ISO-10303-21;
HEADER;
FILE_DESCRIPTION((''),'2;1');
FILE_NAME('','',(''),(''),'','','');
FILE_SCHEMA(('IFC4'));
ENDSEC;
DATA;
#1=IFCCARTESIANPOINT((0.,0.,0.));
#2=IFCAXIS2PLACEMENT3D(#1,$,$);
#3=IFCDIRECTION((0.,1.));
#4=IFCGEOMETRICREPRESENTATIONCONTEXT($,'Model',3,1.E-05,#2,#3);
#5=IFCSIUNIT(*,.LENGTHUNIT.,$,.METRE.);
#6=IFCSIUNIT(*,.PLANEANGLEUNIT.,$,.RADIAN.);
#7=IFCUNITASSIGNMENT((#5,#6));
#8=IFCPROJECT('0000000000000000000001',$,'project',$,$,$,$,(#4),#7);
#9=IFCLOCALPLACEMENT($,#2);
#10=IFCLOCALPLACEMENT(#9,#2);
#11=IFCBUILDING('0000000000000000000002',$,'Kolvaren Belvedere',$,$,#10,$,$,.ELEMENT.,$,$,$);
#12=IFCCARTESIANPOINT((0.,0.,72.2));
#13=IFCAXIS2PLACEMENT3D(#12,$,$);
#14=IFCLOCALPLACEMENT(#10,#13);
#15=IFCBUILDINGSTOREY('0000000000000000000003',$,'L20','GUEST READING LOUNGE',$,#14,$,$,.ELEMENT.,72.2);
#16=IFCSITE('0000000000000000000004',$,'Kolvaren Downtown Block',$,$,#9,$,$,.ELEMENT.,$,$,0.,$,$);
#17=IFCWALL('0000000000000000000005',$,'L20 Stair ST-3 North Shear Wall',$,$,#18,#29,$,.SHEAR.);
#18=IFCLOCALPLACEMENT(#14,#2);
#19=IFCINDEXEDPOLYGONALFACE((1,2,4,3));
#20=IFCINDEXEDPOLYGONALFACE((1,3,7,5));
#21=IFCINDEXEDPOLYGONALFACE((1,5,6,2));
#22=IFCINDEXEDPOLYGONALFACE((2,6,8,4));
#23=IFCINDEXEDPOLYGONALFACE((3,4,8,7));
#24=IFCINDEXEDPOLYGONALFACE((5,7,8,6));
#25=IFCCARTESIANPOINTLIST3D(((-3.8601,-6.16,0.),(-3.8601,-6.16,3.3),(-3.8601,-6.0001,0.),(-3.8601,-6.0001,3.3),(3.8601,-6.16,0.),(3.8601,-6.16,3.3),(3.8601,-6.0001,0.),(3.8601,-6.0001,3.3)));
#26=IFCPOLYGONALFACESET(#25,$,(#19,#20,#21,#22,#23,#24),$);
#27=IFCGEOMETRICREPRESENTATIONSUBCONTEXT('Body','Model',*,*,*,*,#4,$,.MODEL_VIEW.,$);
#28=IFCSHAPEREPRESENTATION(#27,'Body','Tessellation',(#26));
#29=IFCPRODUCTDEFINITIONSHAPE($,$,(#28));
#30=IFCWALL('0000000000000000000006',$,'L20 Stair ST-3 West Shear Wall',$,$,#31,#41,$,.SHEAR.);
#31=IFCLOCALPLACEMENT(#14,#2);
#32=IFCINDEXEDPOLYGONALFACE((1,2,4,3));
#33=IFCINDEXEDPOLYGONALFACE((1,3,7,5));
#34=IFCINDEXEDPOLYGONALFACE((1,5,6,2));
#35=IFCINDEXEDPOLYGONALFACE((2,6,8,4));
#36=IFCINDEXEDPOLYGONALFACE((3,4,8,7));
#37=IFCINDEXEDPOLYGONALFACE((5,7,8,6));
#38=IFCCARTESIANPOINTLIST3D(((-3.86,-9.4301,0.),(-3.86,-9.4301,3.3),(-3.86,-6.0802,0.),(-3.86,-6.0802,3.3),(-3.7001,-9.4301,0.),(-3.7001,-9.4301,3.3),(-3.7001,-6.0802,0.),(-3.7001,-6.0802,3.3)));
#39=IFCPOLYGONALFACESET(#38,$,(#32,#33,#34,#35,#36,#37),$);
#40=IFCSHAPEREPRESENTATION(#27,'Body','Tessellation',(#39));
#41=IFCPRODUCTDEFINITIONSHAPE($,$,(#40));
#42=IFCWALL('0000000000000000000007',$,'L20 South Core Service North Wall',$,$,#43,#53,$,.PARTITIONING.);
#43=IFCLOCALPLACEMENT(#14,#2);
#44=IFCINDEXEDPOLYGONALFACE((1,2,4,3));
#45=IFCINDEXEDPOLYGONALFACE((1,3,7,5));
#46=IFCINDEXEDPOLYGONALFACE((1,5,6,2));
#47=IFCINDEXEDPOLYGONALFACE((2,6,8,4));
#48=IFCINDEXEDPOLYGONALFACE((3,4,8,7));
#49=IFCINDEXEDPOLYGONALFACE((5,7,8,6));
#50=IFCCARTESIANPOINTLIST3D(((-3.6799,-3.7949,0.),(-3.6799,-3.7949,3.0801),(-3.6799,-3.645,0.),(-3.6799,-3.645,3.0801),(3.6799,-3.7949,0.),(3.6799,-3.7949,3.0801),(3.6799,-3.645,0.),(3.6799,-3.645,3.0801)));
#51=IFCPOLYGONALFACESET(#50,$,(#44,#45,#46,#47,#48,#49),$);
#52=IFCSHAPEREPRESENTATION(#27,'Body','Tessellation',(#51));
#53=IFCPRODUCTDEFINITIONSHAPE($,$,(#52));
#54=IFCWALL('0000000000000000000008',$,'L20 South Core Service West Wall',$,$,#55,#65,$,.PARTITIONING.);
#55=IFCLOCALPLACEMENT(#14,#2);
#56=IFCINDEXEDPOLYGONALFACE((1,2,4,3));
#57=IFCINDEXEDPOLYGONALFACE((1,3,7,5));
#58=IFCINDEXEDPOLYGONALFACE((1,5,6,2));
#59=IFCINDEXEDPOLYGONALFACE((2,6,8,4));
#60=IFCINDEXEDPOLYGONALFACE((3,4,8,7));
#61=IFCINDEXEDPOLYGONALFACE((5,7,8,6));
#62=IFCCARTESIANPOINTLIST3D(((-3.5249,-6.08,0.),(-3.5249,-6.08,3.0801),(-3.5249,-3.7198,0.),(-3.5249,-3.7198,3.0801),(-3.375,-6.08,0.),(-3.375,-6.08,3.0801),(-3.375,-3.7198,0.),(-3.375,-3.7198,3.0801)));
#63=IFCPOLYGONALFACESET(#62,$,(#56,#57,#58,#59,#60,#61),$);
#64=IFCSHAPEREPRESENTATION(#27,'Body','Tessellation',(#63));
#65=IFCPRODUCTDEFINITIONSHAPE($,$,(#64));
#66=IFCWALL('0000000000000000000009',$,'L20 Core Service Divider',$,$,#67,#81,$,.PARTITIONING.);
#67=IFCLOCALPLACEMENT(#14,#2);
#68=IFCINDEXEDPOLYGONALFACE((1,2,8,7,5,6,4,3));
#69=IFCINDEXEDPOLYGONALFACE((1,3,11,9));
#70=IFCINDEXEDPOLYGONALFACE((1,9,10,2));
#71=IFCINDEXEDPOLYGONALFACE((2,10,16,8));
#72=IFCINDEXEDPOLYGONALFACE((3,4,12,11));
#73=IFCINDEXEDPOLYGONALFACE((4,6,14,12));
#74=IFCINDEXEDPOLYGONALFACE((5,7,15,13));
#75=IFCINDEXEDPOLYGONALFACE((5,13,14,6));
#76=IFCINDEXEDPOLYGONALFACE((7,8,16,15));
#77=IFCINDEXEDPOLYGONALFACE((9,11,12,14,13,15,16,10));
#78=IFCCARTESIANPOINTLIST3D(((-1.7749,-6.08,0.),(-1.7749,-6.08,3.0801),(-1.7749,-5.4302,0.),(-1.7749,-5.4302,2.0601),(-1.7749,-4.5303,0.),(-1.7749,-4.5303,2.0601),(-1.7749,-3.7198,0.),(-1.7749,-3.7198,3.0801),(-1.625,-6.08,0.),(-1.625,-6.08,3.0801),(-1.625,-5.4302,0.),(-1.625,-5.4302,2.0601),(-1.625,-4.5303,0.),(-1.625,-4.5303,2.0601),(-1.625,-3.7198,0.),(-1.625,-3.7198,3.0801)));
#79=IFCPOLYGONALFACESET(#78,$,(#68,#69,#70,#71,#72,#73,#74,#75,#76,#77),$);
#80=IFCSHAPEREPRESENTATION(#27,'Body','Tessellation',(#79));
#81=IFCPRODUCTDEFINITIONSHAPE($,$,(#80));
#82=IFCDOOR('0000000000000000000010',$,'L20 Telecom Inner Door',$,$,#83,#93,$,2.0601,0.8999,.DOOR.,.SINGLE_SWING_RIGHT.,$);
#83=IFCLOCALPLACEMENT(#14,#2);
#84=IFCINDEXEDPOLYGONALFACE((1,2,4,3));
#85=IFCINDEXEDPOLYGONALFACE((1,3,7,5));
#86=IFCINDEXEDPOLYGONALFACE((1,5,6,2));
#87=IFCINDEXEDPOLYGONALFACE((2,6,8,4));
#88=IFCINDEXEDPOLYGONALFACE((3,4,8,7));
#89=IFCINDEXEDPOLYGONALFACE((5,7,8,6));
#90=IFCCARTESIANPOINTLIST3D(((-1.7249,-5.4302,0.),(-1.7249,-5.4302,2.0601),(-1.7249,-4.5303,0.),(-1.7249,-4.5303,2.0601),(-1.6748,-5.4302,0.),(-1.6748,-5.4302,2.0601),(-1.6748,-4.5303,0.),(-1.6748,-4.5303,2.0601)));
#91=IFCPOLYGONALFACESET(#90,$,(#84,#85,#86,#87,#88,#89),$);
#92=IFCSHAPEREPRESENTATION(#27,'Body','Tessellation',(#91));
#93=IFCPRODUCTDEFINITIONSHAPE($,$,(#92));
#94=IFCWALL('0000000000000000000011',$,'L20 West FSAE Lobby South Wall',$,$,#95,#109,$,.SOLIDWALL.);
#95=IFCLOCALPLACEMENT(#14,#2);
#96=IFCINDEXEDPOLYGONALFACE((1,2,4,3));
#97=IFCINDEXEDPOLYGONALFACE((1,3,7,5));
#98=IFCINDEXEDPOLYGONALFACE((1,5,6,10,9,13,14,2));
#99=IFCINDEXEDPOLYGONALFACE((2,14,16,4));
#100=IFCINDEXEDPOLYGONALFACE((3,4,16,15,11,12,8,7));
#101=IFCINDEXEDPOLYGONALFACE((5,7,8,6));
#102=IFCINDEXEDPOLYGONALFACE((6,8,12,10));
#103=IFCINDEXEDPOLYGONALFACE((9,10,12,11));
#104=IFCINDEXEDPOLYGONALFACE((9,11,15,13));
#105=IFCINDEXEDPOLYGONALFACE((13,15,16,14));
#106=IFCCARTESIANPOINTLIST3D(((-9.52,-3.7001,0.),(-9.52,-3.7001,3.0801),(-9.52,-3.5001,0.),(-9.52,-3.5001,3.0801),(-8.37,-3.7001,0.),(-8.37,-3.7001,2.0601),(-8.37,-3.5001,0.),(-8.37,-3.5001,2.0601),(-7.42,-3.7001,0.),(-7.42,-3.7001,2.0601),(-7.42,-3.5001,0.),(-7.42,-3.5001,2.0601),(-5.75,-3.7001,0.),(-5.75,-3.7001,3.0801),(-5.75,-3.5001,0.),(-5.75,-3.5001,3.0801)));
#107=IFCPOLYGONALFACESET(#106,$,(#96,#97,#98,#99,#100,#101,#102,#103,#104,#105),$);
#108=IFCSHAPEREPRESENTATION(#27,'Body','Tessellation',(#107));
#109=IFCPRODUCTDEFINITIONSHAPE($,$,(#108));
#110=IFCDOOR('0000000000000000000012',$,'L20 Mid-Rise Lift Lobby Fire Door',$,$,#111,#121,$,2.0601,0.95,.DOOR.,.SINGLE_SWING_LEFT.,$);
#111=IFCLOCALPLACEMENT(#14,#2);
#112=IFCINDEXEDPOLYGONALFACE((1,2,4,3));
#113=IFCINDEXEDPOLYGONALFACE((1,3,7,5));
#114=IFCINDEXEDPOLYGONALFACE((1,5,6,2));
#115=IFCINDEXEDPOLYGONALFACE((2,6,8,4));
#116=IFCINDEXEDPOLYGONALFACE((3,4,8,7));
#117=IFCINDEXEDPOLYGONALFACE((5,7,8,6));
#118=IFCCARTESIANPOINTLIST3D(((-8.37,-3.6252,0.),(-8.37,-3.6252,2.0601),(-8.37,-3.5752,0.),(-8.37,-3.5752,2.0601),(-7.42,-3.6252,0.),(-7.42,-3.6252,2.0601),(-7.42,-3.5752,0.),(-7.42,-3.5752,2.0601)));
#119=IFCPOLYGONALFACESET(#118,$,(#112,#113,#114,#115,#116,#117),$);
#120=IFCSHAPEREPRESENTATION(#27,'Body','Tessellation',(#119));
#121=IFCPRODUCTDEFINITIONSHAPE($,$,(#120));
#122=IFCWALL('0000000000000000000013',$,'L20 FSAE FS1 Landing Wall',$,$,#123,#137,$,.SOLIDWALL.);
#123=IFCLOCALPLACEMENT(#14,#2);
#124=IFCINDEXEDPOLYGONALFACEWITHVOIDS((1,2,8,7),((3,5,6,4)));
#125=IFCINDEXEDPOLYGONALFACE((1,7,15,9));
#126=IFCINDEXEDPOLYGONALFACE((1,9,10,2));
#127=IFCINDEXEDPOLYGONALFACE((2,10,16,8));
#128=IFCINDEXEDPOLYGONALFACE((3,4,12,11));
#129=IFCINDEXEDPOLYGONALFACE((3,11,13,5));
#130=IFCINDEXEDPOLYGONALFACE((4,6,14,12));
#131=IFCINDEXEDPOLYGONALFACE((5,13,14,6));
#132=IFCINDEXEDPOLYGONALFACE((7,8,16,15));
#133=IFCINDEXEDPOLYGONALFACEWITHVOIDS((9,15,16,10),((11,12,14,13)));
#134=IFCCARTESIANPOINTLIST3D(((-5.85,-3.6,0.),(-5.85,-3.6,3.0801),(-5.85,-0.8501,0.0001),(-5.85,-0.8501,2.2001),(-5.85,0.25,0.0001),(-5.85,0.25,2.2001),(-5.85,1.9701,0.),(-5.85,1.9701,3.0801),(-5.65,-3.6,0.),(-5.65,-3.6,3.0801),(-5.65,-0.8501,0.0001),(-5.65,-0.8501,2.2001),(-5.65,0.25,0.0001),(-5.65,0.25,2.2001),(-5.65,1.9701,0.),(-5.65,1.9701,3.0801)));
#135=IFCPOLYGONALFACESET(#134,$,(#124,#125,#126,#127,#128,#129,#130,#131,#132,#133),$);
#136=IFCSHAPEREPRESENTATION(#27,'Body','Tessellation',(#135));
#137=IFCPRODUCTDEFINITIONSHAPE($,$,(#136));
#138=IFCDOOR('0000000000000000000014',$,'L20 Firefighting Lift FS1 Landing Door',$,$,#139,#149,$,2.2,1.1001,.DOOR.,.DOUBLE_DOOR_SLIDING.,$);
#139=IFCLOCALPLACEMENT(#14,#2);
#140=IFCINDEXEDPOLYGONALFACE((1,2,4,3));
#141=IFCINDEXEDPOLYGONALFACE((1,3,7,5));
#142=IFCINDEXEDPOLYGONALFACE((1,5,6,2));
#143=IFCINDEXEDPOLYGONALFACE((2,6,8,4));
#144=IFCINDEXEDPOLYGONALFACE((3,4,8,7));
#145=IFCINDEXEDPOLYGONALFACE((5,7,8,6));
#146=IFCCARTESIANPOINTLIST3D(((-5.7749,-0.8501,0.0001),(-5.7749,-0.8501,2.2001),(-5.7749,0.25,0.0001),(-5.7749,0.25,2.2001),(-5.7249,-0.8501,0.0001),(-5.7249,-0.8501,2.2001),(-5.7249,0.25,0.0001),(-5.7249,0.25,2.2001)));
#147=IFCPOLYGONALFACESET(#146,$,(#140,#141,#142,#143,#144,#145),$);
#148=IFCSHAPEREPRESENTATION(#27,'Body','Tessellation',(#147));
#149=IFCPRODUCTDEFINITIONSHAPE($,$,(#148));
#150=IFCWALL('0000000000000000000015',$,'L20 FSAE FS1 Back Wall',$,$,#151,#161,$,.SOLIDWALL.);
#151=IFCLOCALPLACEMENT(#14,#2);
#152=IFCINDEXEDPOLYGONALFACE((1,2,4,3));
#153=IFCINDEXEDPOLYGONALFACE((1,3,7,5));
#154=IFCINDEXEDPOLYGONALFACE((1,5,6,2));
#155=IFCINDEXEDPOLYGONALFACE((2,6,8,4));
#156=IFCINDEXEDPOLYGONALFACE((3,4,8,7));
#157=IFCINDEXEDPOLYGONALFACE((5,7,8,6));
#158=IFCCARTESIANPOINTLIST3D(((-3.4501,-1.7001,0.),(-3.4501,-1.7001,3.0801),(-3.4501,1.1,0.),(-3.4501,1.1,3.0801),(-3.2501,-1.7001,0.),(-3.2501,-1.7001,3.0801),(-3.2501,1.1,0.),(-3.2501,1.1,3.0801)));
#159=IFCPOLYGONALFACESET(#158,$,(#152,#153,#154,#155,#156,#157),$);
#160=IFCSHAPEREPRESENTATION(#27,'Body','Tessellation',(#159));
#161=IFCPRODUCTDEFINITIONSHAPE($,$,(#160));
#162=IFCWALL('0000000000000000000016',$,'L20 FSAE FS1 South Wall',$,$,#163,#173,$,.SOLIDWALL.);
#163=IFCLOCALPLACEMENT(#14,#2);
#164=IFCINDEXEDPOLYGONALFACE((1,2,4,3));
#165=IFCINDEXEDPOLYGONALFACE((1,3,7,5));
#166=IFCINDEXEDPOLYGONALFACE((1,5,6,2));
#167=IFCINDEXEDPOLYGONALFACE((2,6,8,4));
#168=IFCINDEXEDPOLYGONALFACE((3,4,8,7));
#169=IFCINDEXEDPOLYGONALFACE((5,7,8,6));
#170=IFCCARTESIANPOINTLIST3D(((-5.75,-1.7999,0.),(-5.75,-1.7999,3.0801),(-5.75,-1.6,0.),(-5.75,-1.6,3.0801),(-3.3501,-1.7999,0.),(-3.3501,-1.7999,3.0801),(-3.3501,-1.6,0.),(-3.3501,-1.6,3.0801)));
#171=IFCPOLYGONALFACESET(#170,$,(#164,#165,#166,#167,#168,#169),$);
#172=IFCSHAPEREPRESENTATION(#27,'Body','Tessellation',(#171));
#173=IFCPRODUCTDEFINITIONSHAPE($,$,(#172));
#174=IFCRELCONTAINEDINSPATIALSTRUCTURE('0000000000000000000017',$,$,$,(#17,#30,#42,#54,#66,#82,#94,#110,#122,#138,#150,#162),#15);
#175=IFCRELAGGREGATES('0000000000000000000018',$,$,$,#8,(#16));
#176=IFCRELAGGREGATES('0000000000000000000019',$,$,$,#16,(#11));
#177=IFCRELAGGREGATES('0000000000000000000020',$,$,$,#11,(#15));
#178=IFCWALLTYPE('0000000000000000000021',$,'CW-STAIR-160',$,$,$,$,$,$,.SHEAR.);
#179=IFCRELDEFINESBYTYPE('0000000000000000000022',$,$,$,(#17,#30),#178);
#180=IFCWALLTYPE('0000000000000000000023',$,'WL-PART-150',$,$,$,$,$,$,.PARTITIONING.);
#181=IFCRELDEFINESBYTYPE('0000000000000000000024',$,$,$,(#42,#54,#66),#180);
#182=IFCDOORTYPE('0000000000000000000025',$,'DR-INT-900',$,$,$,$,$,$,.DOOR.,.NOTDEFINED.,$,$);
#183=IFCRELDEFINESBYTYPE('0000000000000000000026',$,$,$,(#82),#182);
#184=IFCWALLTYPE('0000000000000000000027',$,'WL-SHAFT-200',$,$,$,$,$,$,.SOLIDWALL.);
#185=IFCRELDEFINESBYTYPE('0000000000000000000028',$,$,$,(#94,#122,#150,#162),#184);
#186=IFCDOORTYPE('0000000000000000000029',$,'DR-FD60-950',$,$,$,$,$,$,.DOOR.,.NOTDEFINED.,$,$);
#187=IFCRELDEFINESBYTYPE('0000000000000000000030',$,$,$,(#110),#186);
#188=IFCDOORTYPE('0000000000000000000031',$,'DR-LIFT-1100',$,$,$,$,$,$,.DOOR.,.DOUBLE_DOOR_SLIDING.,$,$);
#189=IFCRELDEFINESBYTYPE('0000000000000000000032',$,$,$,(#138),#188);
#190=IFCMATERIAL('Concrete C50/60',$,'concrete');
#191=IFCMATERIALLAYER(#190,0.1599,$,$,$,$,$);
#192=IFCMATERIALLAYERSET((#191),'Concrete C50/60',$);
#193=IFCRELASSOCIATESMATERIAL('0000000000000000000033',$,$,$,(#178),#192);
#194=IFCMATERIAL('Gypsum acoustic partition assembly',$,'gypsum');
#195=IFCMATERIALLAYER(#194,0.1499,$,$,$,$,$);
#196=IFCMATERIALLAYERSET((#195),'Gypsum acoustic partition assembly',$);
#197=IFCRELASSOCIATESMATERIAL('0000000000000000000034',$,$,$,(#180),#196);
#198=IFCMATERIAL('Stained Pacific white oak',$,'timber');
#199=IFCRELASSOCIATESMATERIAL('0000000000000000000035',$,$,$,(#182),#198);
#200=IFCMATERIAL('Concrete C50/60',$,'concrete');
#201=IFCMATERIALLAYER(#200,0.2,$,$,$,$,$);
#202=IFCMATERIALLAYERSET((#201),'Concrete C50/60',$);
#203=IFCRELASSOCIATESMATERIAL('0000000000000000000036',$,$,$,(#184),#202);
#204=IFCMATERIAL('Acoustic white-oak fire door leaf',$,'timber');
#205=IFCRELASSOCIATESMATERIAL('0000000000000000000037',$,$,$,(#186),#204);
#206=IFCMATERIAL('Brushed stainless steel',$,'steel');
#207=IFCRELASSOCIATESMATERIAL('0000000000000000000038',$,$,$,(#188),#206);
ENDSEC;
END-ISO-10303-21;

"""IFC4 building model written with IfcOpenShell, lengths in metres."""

from ifc_helpers import new_model, si_unit, direction, frame, frame_2d, origin, place, context, subcontext, project, spatial, rectangle, extrude, material, layer, layer_set, type_object, element, fill, save


model = new_model("IFC4")

# Units and contexts
model_context = context("Model", 3, precision=1e-05, world=origin(), true_north=direction((0.0, 1.0)))
body_context = subcontext(model_context, "Body", "Model", "MODEL_VIEW")
ifc_project = project(units=[si_unit("LENGTHUNIT", "METRE"), si_unit("PLANEANGLEUNIT", "RADIAN")], contexts=[model_context])

# Site, building, storey
site_placement = place(None, origin())
site = spatial("IfcSite", under=ifc_project, at=site_placement, Name="Kolvaren Downtown Block", CompositionType="ELEMENT", RefElevation=0.0)
building_placement = place(site_placement, origin())
building = spatial("IfcBuilding", under=site, at=building_placement, Name="Kolvaren Belvedere", CompositionType="ELEMENT")
storey_placement = place(building_placement, frame((0.0, 0.0, 72.2)))
storey = spatial("IfcBuildingStorey", under=building, at=storey_placement, Name="L20", Description="GUEST READING LOUNGE", CompositionType="ELEMENT", Elevation=72.2)

# Walls
ifc_material_1 = material(Name="Concrete C50/60", Category="concrete")
ifc_layer_1 = layer(ifc_material_1, 0.1599)
ifc_layer_set_1 = layer_set([ifc_layer_1], Name="Concrete C50/60")
wall_type_1 = type_object("IfcWallType", Name="CW-STAIR-160", PredefinedType="SHEAR", material=ifc_layer_set_1)
wall_1_placement = place(storey_placement, frame((-3.8601, -6.0801, 0.0), z_axis=(0.0, 0.0, 1.0), x_axis=(1.0, 0.0, 0.0)))
element("IfcWall", 1, at=wall_1_placement, inside=storey, type_object=wall_type_1, Name="L20 Stair ST-3 North Shear Wall", PredefinedType="SHEAR", context=body_context, shape_type="SweptSolid", body=[
    extrude(rectangle(XDim=7.7202, YDim=0.1599, at=frame_2d((3.8601, 0.0))), origin(), (0.0, 0.0, 1.0), 3.3),
])
wall_2_placement = place(storey_placement, frame((-3.78, -9.4299, 0.0), z_axis=(0.0, 0.0, 1.0), x_axis=(0.0, 1.0, 0.0)))
element("IfcWall", 2, at=wall_2_placement, inside=storey, type_object=wall_type_1, Name="L20 Stair ST-3 West Shear Wall", PredefinedType="SHEAR", context=body_context, shape_type="SweptSolid", body=[
    extrude(rectangle(XDim=3.3499, YDim=0.1599, at=frame_2d((1.6748, 0.0))), origin(), (0.0, 0.0, 1.0), 3.3),
])
ifc_material_2 = material(Name="Gypsum acoustic partition assembly", Category="gypsum")
ifc_layer_2 = layer(ifc_material_2, 0.1499)
ifc_layer_set_2 = layer_set([ifc_layer_2], Name="Gypsum acoustic partition assembly")
wall_type_2 = type_object("IfcWallType", Name="WL-PART-150", PredefinedType="PARTITIONING", material=ifc_layer_set_2)
wall_3_placement = place(storey_placement, frame((-3.6799, -3.72, 0.0), z_axis=(0.0, 0.0, 1.0), x_axis=(1.0, 0.0, 0.0)))
element("IfcWall", 3, at=wall_3_placement, inside=storey, type_object=wall_type_2, Name="L20 South Core Service North Wall", PredefinedType="PARTITIONING", context=body_context, shape_type="SweptSolid", body=[
    extrude(rectangle(XDim=7.3599, YDim=0.1499, at=frame_2d((3.6799, 0.0))), origin(), (0.0, 0.0, 1.0), 3.0801),
])
wall_4_placement = place(storey_placement, frame((-3.45, -6.0801, 0.0), z_axis=(0.0, 0.0, 1.0), x_axis=(0.0, 1.0, 0.0)))
element("IfcWall", 4, at=wall_4_placement, inside=storey, type_object=wall_type_2, Name="L20 South Core Service West Wall", PredefinedType="PARTITIONING", context=body_context, shape_type="SweptSolid", body=[
    extrude(rectangle(XDim=2.3601, YDim=0.1499, at=frame_2d((1.1802, 0.0))), origin(), (0.0, 0.0, 1.0), 3.0801),
])

# Walls, openings, doors
wall_5_placement = place(storey_placement, frame((-1.7, -6.0801, 0.0), z_axis=(0.0, 0.0, 1.0), x_axis=(0.0, 1.0, 0.0)))
wall_5 = element("IfcWall", 5, at=wall_5_placement, inside=storey, type_object=wall_type_2, Name="L20 Core Service Divider", PredefinedType="PARTITIONING", context=body_context, shape_type="SweptSolid", body=[
    extrude(rectangle(XDim=2.3601, YDim=0.1499, at=frame_2d((1.1802, 0.0))), origin(), (0.0, 0.0, 1.0), 3.0801),
])
opening_1_placement = place(wall_5_placement, frame((0.6499, 0.0, 0.0)))
opening_1 = element("IfcOpeningElement", 6, at=opening_1_placement, cuts=wall_5, PredefinedType="OPENING", context=body_context, shape_type="SweptSolid", body=[
    extrude(rectangle(XDim=0.8999, YDim=2.0601, at=frame_2d((0.45, 1.03))), frame((0.0, 0.085, 0.0), z_axis=(0.0, -1.0, 0.0), x_axis=(1.0, 0.0, 0.0)), (0.0, 0.0, 1.0), 0.1699),
])
ifc_material_3 = material(Name="Stained Pacific white oak", Category="timber")
door_type_1 = type_object("IfcDoorType", Name="DR-INT-900", OperationType="NOTDEFINED", PredefinedType="DOOR", material=ifc_material_3)
door_1_placement = place(opening_1_placement, origin())
door_1 = element("IfcDoor", 7, at=door_1_placement, inside=storey, type_object=door_type_1, Name="L20 Telecom Inner Door", OperationType="SINGLE_SWING_RIGHT", OverallHeight=2.0601, OverallWidth=0.8999, PredefinedType="DOOR", context=body_context, shape_type="SweptSolid", body=[
    extrude(rectangle(XDim=0.8999, YDim=2.0601, at=frame_2d((0.45, 1.03))), frame((0.0, 0.0249, 0.0), z_axis=(0.0, -1.0, 0.0), x_axis=(1.0, 0.0, 0.0)), (0.0, 0.0, 1.0), 0.05),
])
fill(opening_1, door_1)
ifc_material_4 = material(Name="Concrete C50/60", Category="concrete")
ifc_layer_3 = layer(ifc_material_4, 0.2)
ifc_layer_set_3 = layer_set([ifc_layer_3], Name="Concrete C50/60")
wall_type_3 = type_object("IfcWallType", Name="WL-SHAFT-200", PredefinedType="SOLIDWALL", material=ifc_layer_set_3)
wall_6_placement = place(storey_placement, frame((-9.52, -3.6001, 0.0), z_axis=(0.0, 0.0, 1.0), x_axis=(1.0, 0.0, 0.0)))
wall_6 = element("IfcWall", 8, at=wall_6_placement, inside=storey, type_object=wall_type_3, Name="L20 West FSAE Lobby South Wall", PredefinedType="SOLIDWALL", context=body_context, shape_type="SweptSolid", body=[
    extrude(rectangle(XDim=3.77, YDim=0.2, at=frame_2d((1.885, 0.0))), origin(), (0.0, 0.0, 1.0), 3.0801),
])
opening_2_placement = place(wall_6_placement, frame((1.1499, 0.0, 0.0)))
opening_2 = element("IfcOpeningElement", 9, at=opening_2_placement, cuts=wall_6, PredefinedType="OPENING", context=body_context, shape_type="SweptSolid", body=[
    extrude(rectangle(XDim=0.95, YDim=2.0601, at=frame_2d((0.4751, 1.03))), frame((0.0, 0.1099, 0.0), z_axis=(0.0, -1.0, 0.0), x_axis=(1.0, 0.0, 0.0)), (0.0, 0.0, 1.0), 0.22),
])
ifc_material_5 = material(Name="Acoustic white-oak fire door leaf", Category="timber")
door_type_2 = type_object("IfcDoorType", Name="DR-FD60-950", OperationType="NOTDEFINED", PredefinedType="DOOR", material=ifc_material_5)
door_2_placement = place(opening_2_placement, origin())
door_2 = element("IfcDoor", 10, at=door_2_placement, inside=storey, type_object=door_type_2, Name="L20 Mid-Rise Lift Lobby Fire Door", OperationType="SINGLE_SWING_LEFT", OverallHeight=2.0601, OverallWidth=0.95, PredefinedType="DOOR", context=body_context, shape_type="SweptSolid", body=[
    extrude(rectangle(XDim=0.95, YDim=2.0601, at=frame_2d((0.4751, 1.03))), frame((0.0, 0.0249, 0.0), z_axis=(0.0, -1.0, 0.0), x_axis=(1.0, 0.0, 0.0)), (0.0, 0.0, 1.0), 0.05),
])
fill(opening_2, door_2)
wall_7_placement = place(storey_placement, frame((-5.75, -3.6001, 0.0), z_axis=(0.0, 0.0, 1.0), x_axis=(0.0, 1.0, 0.0)))
wall_7 = element("IfcWall", 11, at=wall_7_placement, inside=storey, type_object=wall_type_3, Name="L20 FSAE FS1 Landing Wall", PredefinedType="SOLIDWALL", context=body_context, shape_type="SweptSolid", body=[
    extrude(rectangle(XDim=5.5701, YDim=0.2, at=frame_2d((2.7852, 0.0))), origin(), (0.0, 0.0, 1.0), 3.0801),
])
opening_3_placement = place(wall_7_placement, frame((2.75, 0.0, 0.0)))
opening_3 = element("IfcOpeningElement", 12, at=opening_3_placement, cuts=wall_7, PredefinedType="OPENING", context=body_context, shape_type="SweptSolid", body=[
    extrude(rectangle(XDim=1.1001, YDim=2.2, at=frame_2d((0.55, 1.1001))), frame((0.0, 0.1099, 0.0), z_axis=(0.0, -1.0, 0.0), x_axis=(1.0, 0.0, 0.0)), (0.0, 0.0, 1.0), 0.22),
])
ifc_material_6 = material(Name="Brushed stainless steel", Category="steel")
door_type_3 = type_object("IfcDoorType", Name="DR-LIFT-1100", OperationType="DOUBLE_DOOR_SLIDING", PredefinedType="DOOR", material=ifc_material_6)
door_3_placement = place(opening_3_placement, origin())
door_3 = element("IfcDoor", 13, at=door_3_placement, inside=storey, type_object=door_type_3, Name="L20 Firefighting Lift FS1 Landing Door", OperationType="DOUBLE_DOOR_SLIDING", OverallHeight=2.2, OverallWidth=1.1001, PredefinedType="DOOR", context=body_context, shape_type="SweptSolid", body=[
    extrude(rectangle(XDim=1.1001, YDim=2.2, at=frame_2d((0.55, 1.1001))), frame((0.0, 0.0249, 0.0), z_axis=(0.0, -1.0, 0.0), x_axis=(1.0, 0.0, 0.0)), (0.0, 0.0, 1.0), 0.05),
])
fill(opening_3, door_3)

# Walls
wall_8_placement = place(storey_placement, frame((-3.3501, -1.7, 0.0), z_axis=(0.0, 0.0, 1.0), x_axis=(0.0, 1.0, 0.0)))
element("IfcWall", 14, at=wall_8_placement, inside=storey, type_object=wall_type_3, Name="L20 FSAE FS1 Back Wall", PredefinedType="SOLIDWALL", context=body_context, shape_type="SweptSolid", body=[
    extrude(rectangle(XDim=2.8, YDim=0.2, at=frame_2d((1.3999, 0.0))), origin(), (0.0, 0.0, 1.0), 3.0801),
])
wall_9_placement = place(storey_placement, frame((-5.75, -1.7, 0.0), z_axis=(0.0, 0.0, 1.0), x_axis=(1.0, 0.0, 0.0)))
element("IfcWall", 15, at=wall_9_placement, inside=storey, type_object=wall_type_3, Name="L20 FSAE FS1 South Wall", PredefinedType="SOLIDWALL", context=body_context, shape_type="SweptSolid", body=[
    extrude(rectangle(XDim=2.3999, YDim=0.2, at=frame_2d((1.2, 0.0))), origin(), (0.0, 0.0, 1.0), 3.0801),
])

save(model, "model.ifc")
